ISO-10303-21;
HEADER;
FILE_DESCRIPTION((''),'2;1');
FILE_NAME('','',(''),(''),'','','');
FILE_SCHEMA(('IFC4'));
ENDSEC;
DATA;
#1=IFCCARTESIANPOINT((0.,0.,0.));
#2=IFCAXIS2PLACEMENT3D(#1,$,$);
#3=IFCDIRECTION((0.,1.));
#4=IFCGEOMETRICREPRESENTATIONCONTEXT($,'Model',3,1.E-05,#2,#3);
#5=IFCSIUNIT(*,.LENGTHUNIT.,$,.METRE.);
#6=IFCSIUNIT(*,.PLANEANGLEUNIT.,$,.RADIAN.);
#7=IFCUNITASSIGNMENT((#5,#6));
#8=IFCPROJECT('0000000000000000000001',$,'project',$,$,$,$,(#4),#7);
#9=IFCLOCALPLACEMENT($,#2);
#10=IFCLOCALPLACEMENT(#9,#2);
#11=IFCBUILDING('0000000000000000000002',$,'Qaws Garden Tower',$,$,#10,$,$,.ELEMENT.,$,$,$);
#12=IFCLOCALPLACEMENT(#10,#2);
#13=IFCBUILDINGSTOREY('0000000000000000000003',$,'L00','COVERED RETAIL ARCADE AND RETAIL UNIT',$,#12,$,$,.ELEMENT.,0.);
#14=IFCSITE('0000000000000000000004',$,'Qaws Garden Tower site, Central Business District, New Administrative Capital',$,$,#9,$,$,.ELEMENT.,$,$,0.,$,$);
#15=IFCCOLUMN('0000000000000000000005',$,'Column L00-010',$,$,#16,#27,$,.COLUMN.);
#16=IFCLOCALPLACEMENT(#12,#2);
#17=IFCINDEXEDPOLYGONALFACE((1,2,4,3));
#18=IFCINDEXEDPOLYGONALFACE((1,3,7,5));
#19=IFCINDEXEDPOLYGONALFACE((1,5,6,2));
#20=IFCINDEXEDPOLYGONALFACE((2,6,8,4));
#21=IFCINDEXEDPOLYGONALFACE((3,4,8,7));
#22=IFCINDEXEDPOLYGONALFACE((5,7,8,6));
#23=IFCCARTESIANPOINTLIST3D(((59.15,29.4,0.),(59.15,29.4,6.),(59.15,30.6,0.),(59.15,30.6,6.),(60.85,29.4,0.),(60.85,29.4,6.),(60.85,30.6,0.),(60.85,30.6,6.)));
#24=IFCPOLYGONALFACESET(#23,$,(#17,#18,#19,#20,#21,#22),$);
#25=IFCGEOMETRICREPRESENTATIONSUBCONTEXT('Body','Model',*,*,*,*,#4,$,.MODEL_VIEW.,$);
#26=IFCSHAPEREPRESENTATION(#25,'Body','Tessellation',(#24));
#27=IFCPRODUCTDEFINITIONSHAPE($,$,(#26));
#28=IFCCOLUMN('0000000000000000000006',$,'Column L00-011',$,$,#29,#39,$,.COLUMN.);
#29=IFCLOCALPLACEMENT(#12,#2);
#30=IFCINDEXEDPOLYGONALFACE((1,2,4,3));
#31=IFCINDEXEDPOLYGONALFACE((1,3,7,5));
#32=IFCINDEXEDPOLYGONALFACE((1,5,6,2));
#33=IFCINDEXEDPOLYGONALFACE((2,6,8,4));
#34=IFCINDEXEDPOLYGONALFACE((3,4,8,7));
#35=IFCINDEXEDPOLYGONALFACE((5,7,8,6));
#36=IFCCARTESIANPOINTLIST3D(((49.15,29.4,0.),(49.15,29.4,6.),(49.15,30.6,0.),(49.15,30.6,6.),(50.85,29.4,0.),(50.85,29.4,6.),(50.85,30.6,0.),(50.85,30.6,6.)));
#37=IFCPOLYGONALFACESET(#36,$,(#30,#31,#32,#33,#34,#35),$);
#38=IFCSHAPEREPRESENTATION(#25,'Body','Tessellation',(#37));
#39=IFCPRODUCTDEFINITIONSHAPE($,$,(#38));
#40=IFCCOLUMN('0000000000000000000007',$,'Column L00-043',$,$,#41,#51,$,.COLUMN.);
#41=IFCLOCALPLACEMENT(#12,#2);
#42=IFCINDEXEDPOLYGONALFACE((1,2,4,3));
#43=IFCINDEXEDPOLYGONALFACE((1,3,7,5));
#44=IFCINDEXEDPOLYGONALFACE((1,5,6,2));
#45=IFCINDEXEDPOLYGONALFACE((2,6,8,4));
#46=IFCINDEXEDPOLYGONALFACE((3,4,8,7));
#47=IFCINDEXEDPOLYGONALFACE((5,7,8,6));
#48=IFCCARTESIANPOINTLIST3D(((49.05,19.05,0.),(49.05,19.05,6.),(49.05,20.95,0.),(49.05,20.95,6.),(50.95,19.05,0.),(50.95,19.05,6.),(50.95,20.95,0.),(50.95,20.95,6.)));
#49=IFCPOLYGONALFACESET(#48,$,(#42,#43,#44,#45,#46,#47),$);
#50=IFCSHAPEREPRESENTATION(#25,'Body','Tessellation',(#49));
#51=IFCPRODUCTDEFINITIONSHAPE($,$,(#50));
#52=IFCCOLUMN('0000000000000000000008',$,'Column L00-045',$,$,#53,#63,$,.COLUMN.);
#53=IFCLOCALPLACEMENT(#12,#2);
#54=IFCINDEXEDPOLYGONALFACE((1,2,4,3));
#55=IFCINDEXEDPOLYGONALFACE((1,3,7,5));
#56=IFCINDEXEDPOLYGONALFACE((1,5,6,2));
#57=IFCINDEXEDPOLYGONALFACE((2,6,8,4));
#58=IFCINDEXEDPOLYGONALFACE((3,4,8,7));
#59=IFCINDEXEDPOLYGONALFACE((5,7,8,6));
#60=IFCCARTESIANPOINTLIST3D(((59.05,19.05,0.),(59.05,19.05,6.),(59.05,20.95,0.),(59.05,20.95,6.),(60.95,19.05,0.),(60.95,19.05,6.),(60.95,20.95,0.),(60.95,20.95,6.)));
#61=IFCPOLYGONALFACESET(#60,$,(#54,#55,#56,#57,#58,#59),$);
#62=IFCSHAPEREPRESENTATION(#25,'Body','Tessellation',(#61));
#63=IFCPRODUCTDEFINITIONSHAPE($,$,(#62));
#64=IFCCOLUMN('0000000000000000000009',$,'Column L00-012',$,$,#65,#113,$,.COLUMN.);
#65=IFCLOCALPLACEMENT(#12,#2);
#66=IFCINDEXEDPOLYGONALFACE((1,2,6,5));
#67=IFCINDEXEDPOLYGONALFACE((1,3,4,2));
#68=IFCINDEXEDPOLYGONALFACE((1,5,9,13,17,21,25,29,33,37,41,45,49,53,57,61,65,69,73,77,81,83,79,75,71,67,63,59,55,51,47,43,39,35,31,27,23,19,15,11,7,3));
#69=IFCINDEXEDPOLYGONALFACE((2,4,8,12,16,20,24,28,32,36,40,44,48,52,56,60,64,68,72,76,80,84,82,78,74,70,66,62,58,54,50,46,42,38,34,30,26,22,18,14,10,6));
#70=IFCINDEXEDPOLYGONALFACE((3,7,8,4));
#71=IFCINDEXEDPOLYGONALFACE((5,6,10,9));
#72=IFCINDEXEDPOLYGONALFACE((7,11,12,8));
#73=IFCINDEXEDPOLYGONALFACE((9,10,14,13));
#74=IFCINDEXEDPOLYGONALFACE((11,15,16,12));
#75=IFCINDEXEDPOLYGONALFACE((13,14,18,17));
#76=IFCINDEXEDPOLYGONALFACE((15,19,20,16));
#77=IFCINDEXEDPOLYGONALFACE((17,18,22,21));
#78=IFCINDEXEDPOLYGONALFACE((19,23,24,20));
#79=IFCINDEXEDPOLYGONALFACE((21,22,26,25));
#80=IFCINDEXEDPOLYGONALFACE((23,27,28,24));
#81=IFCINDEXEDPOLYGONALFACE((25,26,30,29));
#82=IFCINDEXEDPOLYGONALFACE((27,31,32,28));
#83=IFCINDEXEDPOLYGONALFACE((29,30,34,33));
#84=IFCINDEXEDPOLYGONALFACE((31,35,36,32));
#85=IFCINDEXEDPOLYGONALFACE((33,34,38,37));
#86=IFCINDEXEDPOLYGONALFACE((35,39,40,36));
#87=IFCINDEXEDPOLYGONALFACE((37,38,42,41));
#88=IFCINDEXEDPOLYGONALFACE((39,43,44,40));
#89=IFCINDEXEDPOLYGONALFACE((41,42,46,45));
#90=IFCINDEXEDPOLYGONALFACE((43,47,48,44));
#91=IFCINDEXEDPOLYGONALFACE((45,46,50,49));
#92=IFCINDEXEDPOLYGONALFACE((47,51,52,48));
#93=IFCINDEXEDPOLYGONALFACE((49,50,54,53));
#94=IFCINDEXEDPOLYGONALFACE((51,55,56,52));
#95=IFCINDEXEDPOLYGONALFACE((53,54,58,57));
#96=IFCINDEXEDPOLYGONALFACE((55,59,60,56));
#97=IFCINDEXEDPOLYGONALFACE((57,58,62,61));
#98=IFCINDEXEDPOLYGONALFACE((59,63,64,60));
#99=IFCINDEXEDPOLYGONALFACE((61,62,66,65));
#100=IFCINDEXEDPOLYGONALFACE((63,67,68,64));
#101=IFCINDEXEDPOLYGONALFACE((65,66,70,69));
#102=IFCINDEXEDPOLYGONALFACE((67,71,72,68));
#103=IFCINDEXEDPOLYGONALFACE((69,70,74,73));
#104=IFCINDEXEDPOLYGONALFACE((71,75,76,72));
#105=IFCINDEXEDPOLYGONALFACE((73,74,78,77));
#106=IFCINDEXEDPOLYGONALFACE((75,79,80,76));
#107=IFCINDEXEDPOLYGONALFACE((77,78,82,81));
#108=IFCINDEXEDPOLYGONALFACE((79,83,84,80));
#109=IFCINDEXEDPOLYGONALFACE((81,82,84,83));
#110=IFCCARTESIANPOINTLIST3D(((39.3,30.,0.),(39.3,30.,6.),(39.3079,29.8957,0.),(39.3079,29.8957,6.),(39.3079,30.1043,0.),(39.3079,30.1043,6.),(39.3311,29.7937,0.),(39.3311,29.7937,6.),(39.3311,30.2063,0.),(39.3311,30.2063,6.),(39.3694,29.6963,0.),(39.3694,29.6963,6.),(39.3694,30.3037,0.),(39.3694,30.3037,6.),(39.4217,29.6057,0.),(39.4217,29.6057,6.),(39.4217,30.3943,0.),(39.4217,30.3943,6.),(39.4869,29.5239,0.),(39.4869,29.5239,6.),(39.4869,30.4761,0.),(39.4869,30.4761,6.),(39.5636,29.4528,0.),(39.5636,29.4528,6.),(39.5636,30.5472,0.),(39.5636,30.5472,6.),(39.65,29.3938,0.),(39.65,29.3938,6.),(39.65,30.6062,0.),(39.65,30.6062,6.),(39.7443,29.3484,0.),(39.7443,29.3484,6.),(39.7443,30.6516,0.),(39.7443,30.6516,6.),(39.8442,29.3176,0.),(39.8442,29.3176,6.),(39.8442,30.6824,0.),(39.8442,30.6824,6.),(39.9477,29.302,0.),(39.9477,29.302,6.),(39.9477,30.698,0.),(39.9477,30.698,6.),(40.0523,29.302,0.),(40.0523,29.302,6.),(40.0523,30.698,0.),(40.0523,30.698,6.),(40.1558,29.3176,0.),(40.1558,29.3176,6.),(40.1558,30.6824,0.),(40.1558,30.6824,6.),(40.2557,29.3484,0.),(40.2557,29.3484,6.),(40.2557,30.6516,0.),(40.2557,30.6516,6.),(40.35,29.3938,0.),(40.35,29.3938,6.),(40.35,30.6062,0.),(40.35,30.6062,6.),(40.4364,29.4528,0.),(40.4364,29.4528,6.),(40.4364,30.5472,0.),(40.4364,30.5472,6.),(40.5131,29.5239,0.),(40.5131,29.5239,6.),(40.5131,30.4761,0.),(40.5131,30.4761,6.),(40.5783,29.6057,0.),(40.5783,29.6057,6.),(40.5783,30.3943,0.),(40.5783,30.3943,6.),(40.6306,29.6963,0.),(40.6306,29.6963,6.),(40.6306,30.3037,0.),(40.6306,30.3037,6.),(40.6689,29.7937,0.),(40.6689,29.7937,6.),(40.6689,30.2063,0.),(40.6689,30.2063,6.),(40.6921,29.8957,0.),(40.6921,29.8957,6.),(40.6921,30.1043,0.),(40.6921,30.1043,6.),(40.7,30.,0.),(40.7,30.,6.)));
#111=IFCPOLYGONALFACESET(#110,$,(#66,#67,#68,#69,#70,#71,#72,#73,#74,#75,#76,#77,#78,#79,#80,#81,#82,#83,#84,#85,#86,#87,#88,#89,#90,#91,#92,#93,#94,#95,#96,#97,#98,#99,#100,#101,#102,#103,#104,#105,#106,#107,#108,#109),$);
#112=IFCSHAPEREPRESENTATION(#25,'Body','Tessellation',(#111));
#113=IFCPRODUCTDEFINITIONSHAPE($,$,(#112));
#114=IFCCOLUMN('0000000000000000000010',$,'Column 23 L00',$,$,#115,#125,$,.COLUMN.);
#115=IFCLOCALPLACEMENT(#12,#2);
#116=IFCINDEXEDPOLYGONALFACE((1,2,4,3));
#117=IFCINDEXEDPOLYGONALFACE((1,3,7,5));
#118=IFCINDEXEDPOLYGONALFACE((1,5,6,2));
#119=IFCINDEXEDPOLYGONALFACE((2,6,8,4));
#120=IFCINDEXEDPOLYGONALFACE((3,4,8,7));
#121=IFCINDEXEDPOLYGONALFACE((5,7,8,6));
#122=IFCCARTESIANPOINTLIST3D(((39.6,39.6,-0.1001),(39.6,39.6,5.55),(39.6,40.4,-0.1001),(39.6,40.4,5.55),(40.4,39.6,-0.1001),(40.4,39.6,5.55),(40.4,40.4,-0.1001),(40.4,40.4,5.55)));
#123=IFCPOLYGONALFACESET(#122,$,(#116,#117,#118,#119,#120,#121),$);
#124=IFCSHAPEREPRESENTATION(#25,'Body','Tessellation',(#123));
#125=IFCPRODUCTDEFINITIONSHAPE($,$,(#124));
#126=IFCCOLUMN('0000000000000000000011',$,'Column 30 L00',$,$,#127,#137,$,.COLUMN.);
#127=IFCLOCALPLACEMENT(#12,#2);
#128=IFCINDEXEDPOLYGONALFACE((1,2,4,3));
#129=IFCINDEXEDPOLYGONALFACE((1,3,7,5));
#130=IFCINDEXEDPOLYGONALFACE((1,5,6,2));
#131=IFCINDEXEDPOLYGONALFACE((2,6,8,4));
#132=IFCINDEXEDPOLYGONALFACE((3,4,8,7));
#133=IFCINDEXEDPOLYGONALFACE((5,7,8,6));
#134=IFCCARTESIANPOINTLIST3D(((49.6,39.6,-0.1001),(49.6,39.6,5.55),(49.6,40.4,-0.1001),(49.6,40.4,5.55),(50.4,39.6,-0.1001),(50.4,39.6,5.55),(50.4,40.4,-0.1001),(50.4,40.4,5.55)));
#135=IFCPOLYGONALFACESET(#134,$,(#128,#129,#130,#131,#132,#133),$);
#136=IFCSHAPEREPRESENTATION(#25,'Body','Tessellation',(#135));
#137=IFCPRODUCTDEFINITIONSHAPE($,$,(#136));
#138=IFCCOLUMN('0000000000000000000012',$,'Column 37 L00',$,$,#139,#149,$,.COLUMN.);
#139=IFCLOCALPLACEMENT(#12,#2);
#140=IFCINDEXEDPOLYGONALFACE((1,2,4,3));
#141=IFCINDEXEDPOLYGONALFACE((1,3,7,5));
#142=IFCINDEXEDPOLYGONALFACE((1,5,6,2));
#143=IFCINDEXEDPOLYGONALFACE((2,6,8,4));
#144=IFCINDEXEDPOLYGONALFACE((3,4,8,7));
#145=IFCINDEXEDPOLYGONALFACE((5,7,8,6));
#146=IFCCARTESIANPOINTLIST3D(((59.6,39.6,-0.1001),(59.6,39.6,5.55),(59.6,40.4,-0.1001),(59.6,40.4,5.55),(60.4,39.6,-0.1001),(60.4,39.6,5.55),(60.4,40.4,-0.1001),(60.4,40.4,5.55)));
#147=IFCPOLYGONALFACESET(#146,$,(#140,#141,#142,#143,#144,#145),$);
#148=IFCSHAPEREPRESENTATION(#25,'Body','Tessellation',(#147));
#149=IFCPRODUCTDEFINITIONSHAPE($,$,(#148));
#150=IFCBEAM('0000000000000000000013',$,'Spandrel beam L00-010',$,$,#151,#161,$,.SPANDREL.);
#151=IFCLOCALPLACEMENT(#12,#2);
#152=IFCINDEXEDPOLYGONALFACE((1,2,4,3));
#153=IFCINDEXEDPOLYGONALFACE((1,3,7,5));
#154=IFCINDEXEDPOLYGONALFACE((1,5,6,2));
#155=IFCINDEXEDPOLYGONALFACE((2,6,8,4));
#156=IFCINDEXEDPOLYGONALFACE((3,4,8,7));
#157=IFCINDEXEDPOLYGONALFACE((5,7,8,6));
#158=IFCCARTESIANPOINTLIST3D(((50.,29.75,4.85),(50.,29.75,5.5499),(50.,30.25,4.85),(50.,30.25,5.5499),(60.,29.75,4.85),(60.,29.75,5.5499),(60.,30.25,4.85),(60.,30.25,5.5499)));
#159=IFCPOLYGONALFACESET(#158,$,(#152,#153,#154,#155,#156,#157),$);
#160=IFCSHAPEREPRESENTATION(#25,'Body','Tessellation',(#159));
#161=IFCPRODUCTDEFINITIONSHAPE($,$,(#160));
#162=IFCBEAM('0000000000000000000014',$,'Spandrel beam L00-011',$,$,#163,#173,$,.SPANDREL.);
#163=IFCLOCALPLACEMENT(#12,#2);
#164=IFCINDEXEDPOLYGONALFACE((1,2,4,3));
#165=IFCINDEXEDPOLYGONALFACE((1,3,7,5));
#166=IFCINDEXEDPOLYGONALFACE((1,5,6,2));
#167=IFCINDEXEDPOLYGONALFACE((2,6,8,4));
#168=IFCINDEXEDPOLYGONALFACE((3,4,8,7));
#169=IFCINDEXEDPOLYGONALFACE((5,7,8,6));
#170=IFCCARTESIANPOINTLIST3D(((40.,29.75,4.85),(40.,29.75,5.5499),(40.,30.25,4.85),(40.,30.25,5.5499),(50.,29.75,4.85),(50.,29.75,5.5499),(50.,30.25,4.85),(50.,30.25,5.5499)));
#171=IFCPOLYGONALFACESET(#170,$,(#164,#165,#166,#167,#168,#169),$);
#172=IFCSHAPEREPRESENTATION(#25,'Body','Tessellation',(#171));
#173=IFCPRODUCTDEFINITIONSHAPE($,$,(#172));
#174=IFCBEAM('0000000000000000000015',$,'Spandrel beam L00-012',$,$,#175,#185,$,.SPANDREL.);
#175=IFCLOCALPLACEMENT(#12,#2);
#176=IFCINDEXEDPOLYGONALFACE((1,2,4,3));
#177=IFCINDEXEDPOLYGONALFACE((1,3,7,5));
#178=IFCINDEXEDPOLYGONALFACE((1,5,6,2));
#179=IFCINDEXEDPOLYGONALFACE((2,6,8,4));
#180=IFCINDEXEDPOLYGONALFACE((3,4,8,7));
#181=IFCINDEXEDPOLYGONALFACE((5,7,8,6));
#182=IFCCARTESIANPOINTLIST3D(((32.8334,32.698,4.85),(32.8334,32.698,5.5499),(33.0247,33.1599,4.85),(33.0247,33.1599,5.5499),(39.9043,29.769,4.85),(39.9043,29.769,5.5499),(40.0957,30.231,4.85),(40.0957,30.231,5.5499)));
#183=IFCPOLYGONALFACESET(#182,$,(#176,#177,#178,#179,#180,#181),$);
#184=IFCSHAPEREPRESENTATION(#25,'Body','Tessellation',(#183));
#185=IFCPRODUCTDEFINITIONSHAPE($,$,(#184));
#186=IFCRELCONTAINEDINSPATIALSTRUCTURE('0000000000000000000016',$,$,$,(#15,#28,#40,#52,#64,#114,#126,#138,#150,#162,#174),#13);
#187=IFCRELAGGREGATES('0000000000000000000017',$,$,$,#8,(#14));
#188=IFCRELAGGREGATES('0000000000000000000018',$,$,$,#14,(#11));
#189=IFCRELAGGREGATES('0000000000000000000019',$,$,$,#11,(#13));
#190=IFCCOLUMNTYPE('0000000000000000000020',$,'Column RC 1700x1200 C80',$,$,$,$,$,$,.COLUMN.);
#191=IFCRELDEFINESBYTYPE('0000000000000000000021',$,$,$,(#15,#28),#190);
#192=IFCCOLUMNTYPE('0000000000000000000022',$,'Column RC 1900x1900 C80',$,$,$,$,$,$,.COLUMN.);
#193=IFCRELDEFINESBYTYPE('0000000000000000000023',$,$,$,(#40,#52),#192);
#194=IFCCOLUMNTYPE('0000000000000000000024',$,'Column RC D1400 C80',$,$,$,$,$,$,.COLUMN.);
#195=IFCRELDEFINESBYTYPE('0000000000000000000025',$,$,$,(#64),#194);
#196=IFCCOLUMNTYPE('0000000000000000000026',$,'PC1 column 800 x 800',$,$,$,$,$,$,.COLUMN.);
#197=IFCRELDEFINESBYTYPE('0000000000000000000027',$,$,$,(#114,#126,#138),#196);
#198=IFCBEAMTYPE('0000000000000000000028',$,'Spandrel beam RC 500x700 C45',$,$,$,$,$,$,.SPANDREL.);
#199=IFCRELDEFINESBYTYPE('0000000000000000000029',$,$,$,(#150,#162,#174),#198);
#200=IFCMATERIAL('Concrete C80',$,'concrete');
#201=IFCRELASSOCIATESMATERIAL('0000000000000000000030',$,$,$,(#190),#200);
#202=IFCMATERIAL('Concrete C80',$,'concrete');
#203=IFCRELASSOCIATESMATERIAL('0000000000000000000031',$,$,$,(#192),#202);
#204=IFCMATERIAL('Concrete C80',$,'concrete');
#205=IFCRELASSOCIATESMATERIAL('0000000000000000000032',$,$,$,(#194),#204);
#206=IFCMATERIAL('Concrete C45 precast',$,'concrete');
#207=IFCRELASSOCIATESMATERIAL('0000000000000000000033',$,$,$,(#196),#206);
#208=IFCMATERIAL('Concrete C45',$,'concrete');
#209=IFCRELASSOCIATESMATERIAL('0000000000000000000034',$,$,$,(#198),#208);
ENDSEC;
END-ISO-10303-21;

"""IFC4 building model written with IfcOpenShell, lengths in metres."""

from ifc_helpers import new_model, si_unit, direction, frame, origin, origin_2d, place, context, subcontext, project, spatial, rectangle, circle, extrude, material, material_profile, profile_set, type_object, element, save


model = new_model("IFC4")

# Units and contexts
model_context = context("Model", 3, precision=1e-05, world=origin(), true_north=direction((0.0, 1.0)))
body_context = subcontext(model_context, "Body", "Model", "MODEL_VIEW")
ifc_project = project(units=[si_unit("LENGTHUNIT", "METRE"), si_unit("PLANEANGLEUNIT", "RADIAN")], contexts=[model_context])

# Site, building, storey
site_placement = place(None, origin())
site = spatial("IfcSite", under=ifc_project, at=site_placement, Name="Qaws Garden Tower site, Central Business District, New Administrative Capital", CompositionType="ELEMENT", RefElevation=0.0)
building_placement = place(site_placement, origin())
building = spatial("IfcBuilding", under=site, at=building_placement, Name="Qaws Garden Tower", CompositionType="ELEMENT")
storey_placement = place(building_placement, origin())
storey = spatial("IfcBuildingStorey", under=building, at=storey_placement, Name="L00", Description="COVERED RETAIL ARCADE AND RETAIL UNIT", CompositionType="ELEMENT", Elevation=0.0)

# Columns
ifc_material_1 = material(Name="Concrete C80", Category="concrete")
ifc_material_profile_1 = material_profile(ifc_material_1, rectangle(XDim=1.7, YDim=1.2, at=origin_2d()), Name="RC 1700x1200")
ifc_profile_set_1 = profile_set([ifc_material_profile_1], Name="Concrete C80")
column_type_1 = type_object("IfcColumnType", Name="Column RC 1700x1200 C80", PredefinedType="COLUMN", material=ifc_profile_set_1)
for number, where, z_axis, x_axis, name in (
    (1, (60.0, 30.0, 0.0), (0.0, 0.0, 1.0), (1.0, 0.0, 0.0), "Column L00-010"),
    (2, (50.0, 30.0, 0.0), (0.0, 0.0, 1.0), (1.0, 0.0, 0.0), "Column L00-011"),
):
    element("IfcColumn", number, at=place(storey_placement, frame(where, z_axis=z_axis, x_axis=x_axis)), inside=storey, type_object=column_type_1, Name=name, PredefinedType="COLUMN", context=body_context, shape_type="SweptSolid", body=[
        extrude(rectangle(XDim=1.7, YDim=1.2, at=origin_2d()), origin(), (0.0, 0.0, 1.0), 6.0),
    ])
ifc_material_2 = material(Name="Concrete C80", Category="concrete")
ifc_material_profile_2 = material_profile(ifc_material_2, rectangle(XDim=1.8999, YDim=1.8999, at=origin_2d()), Name="RC 1900x1900")
ifc_profile_set_2 = profile_set([ifc_material_profile_2], Name="Concrete C80")
column_type_2 = type_object("IfcColumnType", Name="Column RC 1900x1900 C80", PredefinedType="COLUMN", material=ifc_profile_set_2)
for number, where, z_axis, x_axis, name in (
    (3, (50.0, 20.0, 0.0), (0.0, 0.0, 1.0), (1.0, 0.0, 0.0), "Column L00-043"),
    (4, (60.0, 20.0, 0.0), (0.0, 0.0, 1.0), (1.0, 0.0, 0.0), "Column L00-045"),
):
    element("IfcColumn", number, at=place(storey_placement, frame(where, z_axis=z_axis, x_axis=x_axis)), inside=storey, type_object=column_type_2, Name=name, PredefinedType="COLUMN", context=body_context, shape_type="SweptSolid", body=[
        extrude(rectangle(XDim=1.8999, YDim=1.8999, at=origin_2d()), origin(), (0.0, 0.0, 1.0), 6.0),
    ])
ifc_material_3 = material(Name="Concrete C80", Category="concrete")
ifc_material_profile_3 = material_profile(ifc_material_3, circle(Radius=0.7, at=origin_2d()), Name="RC D1400")
ifc_profile_set_3 = profile_set([ifc_material_profile_3], Name="Concrete C80")
column_type_3 = type_object("IfcColumnType", Name="Column RC D1400 C80", PredefinedType="COLUMN", material=ifc_profile_set_3)
column_placement = place(storey_placement, frame((40.0, 30.0, 0.0), z_axis=(0.0, 0.0, 1.0), x_axis=(1.0, 0.0, 0.0)))
element("IfcColumn", 5, at=column_placement, inside=storey, type_object=column_type_3, Name="Column L00-012", PredefinedType="COLUMN", context=body_context, shape_type="SweptSolid", body=[
    extrude(circle(Radius=0.7, at=origin_2d()), origin(), (0.0, 0.0, 1.0), 6.0),
])
ifc_material_4 = material(Name="Concrete C45 precast", Category="concrete")
ifc_material_profile_4 = material_profile(ifc_material_4, rectangle(XDim=0.8, YDim=0.8, at=origin_2d()), Name="PC1 column 800 x 800")
ifc_profile_set_4 = profile_set([ifc_material_profile_4], Name="Concrete C45 precast")
column_type_4 = type_object("IfcColumnType", Name="PC1 column 800 x 800", PredefinedType="COLUMN", material=ifc_profile_set_4)
for number, where, z_axis, x_axis, name in (
    (6, (40.0, 40.0, -0.1001), (0.0, 0.0, 1.0), (1.0, 0.0, 0.0), "Column 23 L00"),
    (7, (50.0, 40.0, -0.1001), (0.0, 0.0, 1.0), (1.0, 0.0, 0.0), "Column 30 L00"),
    (8, (60.0, 40.0, -0.1001), (0.0, 0.0, 1.0), (1.0, 0.0, 0.0), "Column 37 L00"),
):
    element("IfcColumn", number, at=place(storey_placement, frame(where, z_axis=z_axis, x_axis=x_axis)), inside=storey, type_object=column_type_4, Name=name, PredefinedType="COLUMN", context=body_context, shape_type="SweptSolid", body=[
        extrude(rectangle(XDim=0.8, YDim=0.8, at=origin_2d()), origin(), (0.0, 0.0, 1.0), 5.6501),
    ])

# Beams
ifc_material_5 = material(Name="Concrete C45", Category="concrete")
ifc_material_profile_5 = material_profile(ifc_material_5, rectangle(XDim=0.5, YDim=0.7, at=origin_2d()), Name="RC 500x700")
ifc_profile_set_5 = profile_set([ifc_material_profile_5], Name="Concrete C45")
beam_type = type_object("IfcBeamType", Name="Spandrel beam RC 500x700 C45", PredefinedType="SPANDREL", material=ifc_profile_set_5)
for number, where, z_axis, x_axis, name in (
    (9, (60.0, 30.0, 5.2), (-1.0, 0.0, 0.0), (0.0, -1.0, 0.0), "Spandrel beam L00-010"),
    (10, (50.0, 30.0, 5.2), (-1.0, 0.0, 0.0), (0.0, -1.0, 0.0), "Spandrel beam L00-011"),
):
    element("IfcBeam", number, at=place(storey_placement, frame(where, z_axis=z_axis, x_axis=x_axis)), inside=storey, type_object=beam_type, Name=name, PredefinedType="SPANDREL", context=body_context, shape_type="SweptSolid", body=[
        extrude(rectangle(XDim=0.5, YDim=0.7, at=origin_2d()), origin(), (0.0, 0.0, 1.0), 10.0),
    ])
beam_placement = place(storey_placement, frame((40.0, 30.0, 5.2), z_axis=(-0.923878, 0.382687, 0.0), x_axis=(-0.382687, -0.923878, 0.0)))
element("IfcBeam", 11, at=beam_placement, inside=storey, type_object=beam_type, Name="Spandrel beam L00-012", PredefinedType="SPANDREL", context=body_context, shape_type="SweptSolid", body=[
    extrude(rectangle(XDim=0.5, YDim=0.7, at=origin_2d()), origin(), (0.0, 0.0, 1.0), 7.6536),
])

save(model, "model.ifc")
